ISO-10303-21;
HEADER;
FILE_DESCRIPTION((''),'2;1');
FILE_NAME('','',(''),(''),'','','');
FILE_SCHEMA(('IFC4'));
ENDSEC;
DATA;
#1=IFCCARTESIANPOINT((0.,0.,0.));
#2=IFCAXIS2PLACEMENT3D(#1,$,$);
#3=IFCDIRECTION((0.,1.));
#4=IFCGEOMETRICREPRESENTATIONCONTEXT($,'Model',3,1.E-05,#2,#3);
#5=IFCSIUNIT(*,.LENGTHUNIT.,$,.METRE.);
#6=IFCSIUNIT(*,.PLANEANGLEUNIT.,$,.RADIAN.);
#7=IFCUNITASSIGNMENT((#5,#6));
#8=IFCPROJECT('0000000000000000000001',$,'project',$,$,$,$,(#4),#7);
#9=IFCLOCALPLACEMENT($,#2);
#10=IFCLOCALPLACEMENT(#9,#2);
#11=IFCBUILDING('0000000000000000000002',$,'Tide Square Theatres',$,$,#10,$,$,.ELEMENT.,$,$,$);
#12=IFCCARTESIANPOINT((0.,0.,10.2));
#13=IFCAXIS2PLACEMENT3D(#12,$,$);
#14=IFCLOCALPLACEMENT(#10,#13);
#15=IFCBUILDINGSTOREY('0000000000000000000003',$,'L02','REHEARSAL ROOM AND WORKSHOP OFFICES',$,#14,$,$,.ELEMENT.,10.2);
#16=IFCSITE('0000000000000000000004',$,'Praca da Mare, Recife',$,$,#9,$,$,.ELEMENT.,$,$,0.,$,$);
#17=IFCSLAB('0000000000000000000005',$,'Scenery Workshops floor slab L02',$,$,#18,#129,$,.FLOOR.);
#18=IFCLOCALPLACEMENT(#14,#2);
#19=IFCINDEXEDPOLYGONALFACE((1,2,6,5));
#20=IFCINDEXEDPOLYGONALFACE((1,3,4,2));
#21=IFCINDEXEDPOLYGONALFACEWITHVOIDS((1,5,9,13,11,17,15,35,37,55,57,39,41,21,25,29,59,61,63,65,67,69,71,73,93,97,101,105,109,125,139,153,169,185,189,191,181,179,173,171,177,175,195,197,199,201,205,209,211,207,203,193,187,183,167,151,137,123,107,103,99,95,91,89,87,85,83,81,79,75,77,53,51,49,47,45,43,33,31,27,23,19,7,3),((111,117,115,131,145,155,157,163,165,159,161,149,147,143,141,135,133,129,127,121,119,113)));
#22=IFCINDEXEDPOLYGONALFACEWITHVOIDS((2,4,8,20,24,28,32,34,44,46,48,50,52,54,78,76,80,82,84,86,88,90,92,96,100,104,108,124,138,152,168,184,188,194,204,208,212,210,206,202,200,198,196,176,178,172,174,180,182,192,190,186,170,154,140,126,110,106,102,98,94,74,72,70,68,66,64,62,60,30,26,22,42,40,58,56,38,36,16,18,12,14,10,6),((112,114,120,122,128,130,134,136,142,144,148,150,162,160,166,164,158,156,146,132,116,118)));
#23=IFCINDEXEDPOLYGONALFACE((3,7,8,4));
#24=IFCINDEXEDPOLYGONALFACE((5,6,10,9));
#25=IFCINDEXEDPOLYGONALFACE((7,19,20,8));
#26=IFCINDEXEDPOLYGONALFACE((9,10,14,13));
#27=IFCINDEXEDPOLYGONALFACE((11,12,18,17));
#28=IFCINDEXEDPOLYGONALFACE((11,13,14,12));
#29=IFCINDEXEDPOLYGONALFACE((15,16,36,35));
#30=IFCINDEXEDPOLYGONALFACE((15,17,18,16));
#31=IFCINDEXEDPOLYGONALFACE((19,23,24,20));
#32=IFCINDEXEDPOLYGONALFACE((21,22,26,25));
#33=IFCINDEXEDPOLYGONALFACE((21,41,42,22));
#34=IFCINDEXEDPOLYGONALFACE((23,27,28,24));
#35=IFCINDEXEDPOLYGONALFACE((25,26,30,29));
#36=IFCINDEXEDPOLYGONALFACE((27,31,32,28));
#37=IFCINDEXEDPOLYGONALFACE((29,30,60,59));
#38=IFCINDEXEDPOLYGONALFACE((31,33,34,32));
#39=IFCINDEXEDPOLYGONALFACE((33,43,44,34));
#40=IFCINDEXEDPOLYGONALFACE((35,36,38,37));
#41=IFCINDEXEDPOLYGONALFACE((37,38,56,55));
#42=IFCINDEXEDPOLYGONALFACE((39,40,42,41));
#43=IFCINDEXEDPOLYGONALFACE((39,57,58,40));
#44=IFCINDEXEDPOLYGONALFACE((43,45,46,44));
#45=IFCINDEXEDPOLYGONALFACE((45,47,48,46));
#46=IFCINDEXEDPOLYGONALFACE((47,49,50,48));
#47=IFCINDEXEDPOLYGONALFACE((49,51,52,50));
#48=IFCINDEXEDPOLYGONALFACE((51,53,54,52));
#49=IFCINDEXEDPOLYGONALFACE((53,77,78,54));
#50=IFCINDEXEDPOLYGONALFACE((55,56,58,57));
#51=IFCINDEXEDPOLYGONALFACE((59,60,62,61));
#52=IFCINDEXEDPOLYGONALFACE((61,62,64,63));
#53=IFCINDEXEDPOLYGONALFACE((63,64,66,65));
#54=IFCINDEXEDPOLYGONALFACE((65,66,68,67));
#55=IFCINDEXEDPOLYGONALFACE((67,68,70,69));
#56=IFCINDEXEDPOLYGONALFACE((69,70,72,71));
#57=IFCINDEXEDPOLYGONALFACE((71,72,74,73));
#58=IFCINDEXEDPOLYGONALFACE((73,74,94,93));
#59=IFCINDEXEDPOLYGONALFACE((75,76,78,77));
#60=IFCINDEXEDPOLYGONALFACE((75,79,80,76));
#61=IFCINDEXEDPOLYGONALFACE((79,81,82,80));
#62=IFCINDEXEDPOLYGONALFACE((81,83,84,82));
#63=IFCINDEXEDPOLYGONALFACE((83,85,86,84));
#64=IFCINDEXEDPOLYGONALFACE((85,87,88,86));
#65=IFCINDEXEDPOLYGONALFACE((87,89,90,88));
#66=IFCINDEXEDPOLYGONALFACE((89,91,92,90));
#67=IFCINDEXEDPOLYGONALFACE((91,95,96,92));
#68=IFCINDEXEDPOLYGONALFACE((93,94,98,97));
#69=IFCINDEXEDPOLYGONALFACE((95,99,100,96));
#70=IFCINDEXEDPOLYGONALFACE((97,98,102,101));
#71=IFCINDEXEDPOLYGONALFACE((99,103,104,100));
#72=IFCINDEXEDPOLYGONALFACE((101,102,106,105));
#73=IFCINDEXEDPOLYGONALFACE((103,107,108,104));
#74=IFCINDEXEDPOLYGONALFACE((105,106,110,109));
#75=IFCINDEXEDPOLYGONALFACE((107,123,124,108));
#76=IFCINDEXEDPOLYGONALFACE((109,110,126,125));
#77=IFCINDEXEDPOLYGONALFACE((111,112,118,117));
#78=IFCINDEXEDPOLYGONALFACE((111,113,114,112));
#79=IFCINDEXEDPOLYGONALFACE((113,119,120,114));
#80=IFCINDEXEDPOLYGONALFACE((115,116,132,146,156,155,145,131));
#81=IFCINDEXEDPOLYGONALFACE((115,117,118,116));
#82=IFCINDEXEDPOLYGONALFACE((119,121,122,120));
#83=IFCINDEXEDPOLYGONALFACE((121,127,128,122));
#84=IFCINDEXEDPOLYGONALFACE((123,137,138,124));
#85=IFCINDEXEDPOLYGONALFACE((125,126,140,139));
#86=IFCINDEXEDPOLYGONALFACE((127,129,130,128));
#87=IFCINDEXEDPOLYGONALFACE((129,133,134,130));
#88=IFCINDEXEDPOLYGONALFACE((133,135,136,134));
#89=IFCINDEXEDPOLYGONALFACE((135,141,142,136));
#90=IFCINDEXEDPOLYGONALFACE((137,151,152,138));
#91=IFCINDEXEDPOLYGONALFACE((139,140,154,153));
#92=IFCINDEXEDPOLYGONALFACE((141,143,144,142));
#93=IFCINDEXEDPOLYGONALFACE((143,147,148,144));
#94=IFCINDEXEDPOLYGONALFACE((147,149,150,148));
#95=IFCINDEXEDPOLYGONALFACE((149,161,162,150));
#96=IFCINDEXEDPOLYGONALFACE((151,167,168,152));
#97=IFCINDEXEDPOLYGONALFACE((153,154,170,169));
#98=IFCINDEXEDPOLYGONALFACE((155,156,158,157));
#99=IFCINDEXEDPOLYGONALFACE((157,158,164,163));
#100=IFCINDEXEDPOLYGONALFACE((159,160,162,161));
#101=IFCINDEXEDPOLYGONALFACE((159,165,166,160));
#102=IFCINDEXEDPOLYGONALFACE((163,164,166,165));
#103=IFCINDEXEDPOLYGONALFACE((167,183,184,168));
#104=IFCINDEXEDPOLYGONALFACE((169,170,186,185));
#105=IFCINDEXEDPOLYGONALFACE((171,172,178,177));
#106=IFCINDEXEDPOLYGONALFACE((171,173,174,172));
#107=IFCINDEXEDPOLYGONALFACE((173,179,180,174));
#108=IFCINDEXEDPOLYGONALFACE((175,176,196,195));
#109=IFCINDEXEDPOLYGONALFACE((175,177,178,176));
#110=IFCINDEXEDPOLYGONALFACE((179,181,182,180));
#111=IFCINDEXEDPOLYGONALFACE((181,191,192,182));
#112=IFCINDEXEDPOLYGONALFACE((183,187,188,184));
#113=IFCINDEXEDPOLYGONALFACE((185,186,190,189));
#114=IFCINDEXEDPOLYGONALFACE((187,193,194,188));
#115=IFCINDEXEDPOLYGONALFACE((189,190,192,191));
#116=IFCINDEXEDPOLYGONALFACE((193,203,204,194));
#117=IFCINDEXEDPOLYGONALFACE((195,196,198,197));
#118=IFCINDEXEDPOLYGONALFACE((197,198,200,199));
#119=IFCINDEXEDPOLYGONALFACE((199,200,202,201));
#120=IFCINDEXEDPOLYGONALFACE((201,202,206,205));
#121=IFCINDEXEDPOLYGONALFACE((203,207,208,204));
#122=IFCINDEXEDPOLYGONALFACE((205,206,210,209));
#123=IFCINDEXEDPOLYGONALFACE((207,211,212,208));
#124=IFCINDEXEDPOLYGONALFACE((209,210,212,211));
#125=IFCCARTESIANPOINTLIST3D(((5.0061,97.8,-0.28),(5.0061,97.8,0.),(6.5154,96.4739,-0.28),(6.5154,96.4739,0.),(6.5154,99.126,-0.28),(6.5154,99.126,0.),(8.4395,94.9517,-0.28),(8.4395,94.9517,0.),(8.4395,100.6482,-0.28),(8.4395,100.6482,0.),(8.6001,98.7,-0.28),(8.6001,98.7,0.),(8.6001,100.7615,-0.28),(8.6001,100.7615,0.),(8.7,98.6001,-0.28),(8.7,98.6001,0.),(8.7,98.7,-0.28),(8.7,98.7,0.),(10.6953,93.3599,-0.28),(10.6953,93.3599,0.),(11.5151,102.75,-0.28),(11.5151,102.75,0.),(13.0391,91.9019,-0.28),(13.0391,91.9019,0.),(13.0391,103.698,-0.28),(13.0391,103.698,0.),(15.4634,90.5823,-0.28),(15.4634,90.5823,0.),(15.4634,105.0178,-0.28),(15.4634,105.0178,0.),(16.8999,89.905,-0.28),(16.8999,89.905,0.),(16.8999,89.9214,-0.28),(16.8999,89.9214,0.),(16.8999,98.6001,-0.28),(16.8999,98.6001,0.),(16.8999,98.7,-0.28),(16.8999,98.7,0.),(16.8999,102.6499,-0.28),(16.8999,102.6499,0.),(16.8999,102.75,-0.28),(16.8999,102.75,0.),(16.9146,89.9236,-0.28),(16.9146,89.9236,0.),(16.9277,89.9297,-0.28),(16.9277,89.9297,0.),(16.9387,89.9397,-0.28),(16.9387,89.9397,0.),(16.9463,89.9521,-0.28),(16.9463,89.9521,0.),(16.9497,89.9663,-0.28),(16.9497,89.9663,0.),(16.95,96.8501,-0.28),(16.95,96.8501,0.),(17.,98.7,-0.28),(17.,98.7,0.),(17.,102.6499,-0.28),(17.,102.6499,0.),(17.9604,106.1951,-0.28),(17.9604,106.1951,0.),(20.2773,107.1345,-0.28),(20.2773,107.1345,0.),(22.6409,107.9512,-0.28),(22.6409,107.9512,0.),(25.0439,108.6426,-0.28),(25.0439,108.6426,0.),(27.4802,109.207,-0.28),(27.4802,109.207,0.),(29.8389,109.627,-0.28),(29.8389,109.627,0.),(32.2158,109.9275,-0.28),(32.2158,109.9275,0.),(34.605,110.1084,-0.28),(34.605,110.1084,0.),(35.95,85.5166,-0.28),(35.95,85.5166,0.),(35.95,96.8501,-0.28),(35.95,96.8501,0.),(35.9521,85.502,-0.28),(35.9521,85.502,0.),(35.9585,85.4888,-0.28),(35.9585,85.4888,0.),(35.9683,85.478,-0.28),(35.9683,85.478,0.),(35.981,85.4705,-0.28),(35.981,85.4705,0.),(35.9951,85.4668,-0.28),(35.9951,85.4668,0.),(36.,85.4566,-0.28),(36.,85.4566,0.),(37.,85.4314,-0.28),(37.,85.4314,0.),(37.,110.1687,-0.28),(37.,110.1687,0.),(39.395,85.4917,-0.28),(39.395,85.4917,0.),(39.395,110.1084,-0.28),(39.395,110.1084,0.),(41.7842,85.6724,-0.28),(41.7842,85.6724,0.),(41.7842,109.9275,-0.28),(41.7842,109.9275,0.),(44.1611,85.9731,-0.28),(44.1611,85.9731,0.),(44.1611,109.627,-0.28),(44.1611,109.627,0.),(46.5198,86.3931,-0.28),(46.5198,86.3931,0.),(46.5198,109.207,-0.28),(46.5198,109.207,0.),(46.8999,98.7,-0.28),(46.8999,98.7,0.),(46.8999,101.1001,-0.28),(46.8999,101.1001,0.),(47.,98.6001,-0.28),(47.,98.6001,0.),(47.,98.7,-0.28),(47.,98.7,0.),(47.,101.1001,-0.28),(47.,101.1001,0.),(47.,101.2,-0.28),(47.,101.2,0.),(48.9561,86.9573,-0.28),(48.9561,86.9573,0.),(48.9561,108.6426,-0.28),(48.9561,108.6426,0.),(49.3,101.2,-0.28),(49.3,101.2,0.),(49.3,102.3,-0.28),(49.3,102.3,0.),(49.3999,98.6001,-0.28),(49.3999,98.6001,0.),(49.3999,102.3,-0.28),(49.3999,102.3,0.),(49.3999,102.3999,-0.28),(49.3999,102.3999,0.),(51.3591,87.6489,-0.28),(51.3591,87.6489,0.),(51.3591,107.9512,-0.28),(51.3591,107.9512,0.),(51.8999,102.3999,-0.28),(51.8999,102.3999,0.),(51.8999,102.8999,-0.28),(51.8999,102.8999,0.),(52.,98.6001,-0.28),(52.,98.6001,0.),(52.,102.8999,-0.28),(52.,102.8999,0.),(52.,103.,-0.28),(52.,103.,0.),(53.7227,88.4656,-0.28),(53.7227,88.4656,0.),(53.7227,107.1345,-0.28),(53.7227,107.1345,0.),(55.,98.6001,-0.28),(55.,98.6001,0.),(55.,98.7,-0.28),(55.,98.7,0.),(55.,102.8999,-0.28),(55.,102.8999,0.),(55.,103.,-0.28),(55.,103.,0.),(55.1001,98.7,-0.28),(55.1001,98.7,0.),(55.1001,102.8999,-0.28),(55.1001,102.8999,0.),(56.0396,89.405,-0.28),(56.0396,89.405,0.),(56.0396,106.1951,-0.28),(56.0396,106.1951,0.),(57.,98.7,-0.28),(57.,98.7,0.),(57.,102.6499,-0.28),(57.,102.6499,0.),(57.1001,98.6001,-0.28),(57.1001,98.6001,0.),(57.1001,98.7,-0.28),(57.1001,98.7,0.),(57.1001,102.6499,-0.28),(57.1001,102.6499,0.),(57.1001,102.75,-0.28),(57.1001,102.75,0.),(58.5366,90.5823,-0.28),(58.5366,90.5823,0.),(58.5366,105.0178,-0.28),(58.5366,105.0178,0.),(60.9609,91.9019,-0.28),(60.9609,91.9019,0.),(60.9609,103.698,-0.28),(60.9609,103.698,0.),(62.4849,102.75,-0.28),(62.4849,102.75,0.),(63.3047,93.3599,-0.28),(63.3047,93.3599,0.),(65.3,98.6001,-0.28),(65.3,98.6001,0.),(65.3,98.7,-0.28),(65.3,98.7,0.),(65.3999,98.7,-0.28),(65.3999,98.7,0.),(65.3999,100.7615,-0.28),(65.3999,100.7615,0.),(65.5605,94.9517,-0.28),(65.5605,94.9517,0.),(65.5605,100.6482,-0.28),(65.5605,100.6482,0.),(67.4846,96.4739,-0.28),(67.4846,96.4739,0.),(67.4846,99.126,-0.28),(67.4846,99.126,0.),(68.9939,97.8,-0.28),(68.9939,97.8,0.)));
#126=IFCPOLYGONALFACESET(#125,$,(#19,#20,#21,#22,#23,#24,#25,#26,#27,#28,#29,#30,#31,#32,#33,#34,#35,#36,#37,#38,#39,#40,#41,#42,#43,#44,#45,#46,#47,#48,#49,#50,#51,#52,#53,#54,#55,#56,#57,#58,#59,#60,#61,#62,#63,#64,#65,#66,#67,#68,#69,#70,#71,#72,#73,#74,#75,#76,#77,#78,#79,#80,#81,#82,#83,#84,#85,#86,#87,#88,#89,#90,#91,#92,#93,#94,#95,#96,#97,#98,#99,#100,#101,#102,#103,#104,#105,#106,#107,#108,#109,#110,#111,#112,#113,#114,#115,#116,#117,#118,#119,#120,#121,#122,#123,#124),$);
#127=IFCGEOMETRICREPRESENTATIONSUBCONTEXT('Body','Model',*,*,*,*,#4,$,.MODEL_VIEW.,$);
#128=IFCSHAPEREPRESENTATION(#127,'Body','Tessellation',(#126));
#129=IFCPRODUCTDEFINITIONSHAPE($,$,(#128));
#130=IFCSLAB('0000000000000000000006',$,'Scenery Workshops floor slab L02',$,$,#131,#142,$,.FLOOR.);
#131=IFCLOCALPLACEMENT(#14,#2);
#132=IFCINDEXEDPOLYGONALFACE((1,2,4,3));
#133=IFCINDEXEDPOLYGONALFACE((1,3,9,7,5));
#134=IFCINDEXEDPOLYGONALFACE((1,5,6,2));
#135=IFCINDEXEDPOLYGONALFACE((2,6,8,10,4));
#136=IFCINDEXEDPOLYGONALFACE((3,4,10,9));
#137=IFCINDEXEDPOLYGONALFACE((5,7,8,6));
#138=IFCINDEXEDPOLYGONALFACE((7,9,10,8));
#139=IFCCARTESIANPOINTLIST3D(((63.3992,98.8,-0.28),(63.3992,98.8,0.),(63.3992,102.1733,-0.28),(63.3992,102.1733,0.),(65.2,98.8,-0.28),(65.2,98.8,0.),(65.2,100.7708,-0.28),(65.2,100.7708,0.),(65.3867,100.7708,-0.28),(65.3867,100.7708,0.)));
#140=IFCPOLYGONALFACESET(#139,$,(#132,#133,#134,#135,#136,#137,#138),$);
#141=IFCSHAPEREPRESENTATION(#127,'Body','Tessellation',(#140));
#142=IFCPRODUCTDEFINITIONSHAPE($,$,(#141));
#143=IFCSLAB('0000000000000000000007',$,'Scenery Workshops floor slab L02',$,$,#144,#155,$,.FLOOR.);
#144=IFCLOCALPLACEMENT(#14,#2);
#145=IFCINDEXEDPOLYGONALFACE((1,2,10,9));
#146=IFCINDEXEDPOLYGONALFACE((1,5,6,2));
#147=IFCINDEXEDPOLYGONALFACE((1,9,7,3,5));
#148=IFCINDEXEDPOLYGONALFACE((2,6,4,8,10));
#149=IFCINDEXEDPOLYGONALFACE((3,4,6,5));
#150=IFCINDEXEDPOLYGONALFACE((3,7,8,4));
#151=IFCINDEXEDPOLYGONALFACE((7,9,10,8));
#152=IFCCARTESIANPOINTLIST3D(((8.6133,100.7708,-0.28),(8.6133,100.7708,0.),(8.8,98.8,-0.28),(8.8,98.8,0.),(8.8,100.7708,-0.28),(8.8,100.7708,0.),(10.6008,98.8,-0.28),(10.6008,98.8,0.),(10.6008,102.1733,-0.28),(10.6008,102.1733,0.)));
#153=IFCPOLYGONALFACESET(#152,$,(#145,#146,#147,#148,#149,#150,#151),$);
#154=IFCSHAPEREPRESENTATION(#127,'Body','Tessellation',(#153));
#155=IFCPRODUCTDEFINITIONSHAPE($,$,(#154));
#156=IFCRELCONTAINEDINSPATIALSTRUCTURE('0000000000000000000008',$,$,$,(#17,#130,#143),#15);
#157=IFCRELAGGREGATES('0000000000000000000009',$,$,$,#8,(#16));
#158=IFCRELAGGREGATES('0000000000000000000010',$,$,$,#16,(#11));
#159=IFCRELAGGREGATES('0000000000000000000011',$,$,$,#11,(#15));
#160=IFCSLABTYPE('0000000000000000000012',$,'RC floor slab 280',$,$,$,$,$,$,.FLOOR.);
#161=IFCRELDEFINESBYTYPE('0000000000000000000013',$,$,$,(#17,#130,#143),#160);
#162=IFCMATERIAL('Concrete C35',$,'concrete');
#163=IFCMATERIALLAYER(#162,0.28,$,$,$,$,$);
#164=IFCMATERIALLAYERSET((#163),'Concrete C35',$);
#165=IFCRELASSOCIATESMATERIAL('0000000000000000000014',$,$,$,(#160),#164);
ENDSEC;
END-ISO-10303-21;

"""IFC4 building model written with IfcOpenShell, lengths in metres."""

from ifc_helpers import new_model, si_unit, direction, frame, origin, place, context, subcontext, project, spatial, polyline, outline, extrude, material, layer, layer_set, type_object, element, save


model = new_model("IFC4")

# Units and contexts
model_context = context("Model", 3, precision=1e-05, world=origin(), true_north=direction((0.0, 1.0)))
body_context = subcontext(model_context, "Body", "Model", "MODEL_VIEW")
ifc_project = project(units=[si_unit("LENGTHUNIT", "METRE"), si_unit("PLANEANGLEUNIT", "RADIAN")], contexts=[model_context])

# Site, building, storey
site_placement = place(None, origin())
site = spatial("IfcSite", under=ifc_project, at=site_placement, Name="Praca da Mare, Recife", CompositionType="ELEMENT", RefElevation=0.0)
building_placement = place(site_placement, origin())
building = spatial("IfcBuilding", under=site, at=building_placement, Name="Tide Square Theatres", CompositionType="ELEMENT")
storey_placement = place(building_placement, frame((0.0, 0.0, 10.2)))
storey = spatial("IfcBuildingStorey", under=building, at=storey_placement, Name="L02", Description="REHEARSAL ROOM AND WORKSHOP OFFICES", CompositionType="ELEMENT", Elevation=10.2)

# Slabs
ifc_material_1 = material(Name="Concrete C35", Category="concrete")
ifc_layer_1 = layer(ifc_material_1, 0.28)
ifc_layer_set_1 = layer_set([ifc_layer_1], Name="Concrete C35")
slab_type_1 = type_object("IfcSlabType", Name="RC floor slab 280", PredefinedType="FLOOR", material=ifc_layer_set_1)
slab_1_placement = place(storey_placement, frame((0.0, 0.0, -0.28)))
element("IfcSlab", 1, at=slab_1_placement, inside=storey, type_object=slab_type_1, Name="Scenery Workshops floor slab L02", PredefinedType="FLOOR", context=body_context, shape_type="SweptSolid", body=[
    extrude(outline(polyline([(63.3047, 93.3599), (65.5605, 94.9517), (67.4846, 96.4739), (68.9939, 97.8), (67.4846, 99.126), (65.5605, 100.6482), (65.3999, 100.7615), (65.3999, 98.7), (65.3, 98.7), (65.3, 98.6001), (57.1001, 98.6001), (57.1001, 98.7), (57.0, 98.7), (57.0, 102.6499), (57.1001, 102.6499), (57.1001, 102.75), (62.4849, 102.75), (60.9609, 103.698), (58.5366, 105.0178), (56.0396, 106.1951), (53.7227, 107.1345), (51.3591, 107.9512), (48.9561, 108.6426), (46.5198, 109.207), (44.1611, 109.627), (41.7842, 109.9275), (39.395, 110.1084), (37.0, 110.1687), (34.605, 110.1084), (32.2158, 109.9275), (29.8389, 109.627), (27.4802, 109.207), (25.0439, 108.6426), (22.6409, 107.9512), (20.2773, 107.1345), (17.9604, 106.1951), (15.4634, 105.0178), (13.0391, 103.698), (11.5151, 102.75), (16.8999, 102.75), (16.8999, 102.6499), (17.0, 102.6499), (17.0, 98.7), (16.8999, 98.7), (16.8999, 98.6001), (8.7, 98.6001), (8.7, 98.7), (8.6001, 98.7), (8.6001, 100.7615), (8.4395, 100.6482), (6.5154, 99.126), (5.0061, 97.8), (6.5154, 96.4739), (8.4395, 94.9517), (10.6953, 93.3599), (13.0391, 91.9019), (15.4634, 90.5823), (16.8999, 89.905), (16.8999, 89.9214), (16.9146, 89.9236), (16.9277, 89.9297), (16.9387, 89.9397), (16.9463, 89.9521), (16.9497, 89.9663), (16.95, 96.8501), (35.95, 96.8501), (35.95, 85.5166), (35.9521, 85.502), (35.9585, 85.4888), (35.9683, 85.478), (35.981, 85.4705), (35.9951, 85.4668), (36.0, 85.4565), (34.605, 85.4917), (37.0, 85.4314), (39.395, 85.4917), (41.7842, 85.6724), (44.1611, 85.9731), (46.5198, 86.3931), (48.9561, 86.9573), (51.3591, 87.6489), (53.7227, 88.4656), (56.0396, 89.405), (58.5366, 90.5823), (60.9609, 91.9019), (63.3047, 93.3599)]), holes=[polyline([(55.1001, 102.8999), (55.1001, 98.7), (55.0, 98.7), (55.0, 98.6001), (52.0, 98.6001), (49.3999, 98.6001), (47.0, 98.6001), (47.0, 98.7), (46.8999, 98.7), (46.8999, 101.1001), (47.0, 101.1001), (47.0, 101.2), (49.3, 101.2), (49.3, 102.3), (49.3999, 102.3), (49.3999, 102.3999), (51.8999, 102.3999), (51.8999, 102.8999), (52.0, 102.8999), (52.0, 103.0), (55.0, 103.0), (55.0, 102.8999), (55.1001, 102.8999)])]), origin(), (0.0, 0.0, 1.0), 0.28),
])
slab_2_placement = place(storey_placement, frame((0.0, 0.0, -0.28)))
element("IfcSlab", 2, at=slab_2_placement, inside=storey, type_object=slab_type_1, Name="Scenery Workshops floor slab L02", PredefinedType="FLOOR", context=body_context, shape_type="SweptSolid", body=[
    extrude(outline(polyline([(63.3992, 102.1733), (63.3992, 98.8), (65.2, 98.8), (65.2, 100.7708), (65.3867, 100.7708), (63.3992, 102.1733)])), origin(), (0.0, 0.0, 1.0), 0.28),
])
slab_3_placement = place(storey_placement, frame((0.0, 0.0, -0.28)))
element("IfcSlab", 3, at=slab_3_placement, inside=storey, type_object=slab_type_1, Name="Scenery Workshops floor slab L02", PredefinedType="FLOOR", context=body_context, shape_type="SweptSolid", body=[
    extrude(outline(polyline([(10.6008, 98.8), (10.6008, 102.1733), (8.6133, 100.7708), (8.8, 100.7708), (8.8, 98.8), (10.6008, 98.8)])), origin(), (0.0, 0.0, 1.0), 0.28),
])

save(model, "model.ifc")
